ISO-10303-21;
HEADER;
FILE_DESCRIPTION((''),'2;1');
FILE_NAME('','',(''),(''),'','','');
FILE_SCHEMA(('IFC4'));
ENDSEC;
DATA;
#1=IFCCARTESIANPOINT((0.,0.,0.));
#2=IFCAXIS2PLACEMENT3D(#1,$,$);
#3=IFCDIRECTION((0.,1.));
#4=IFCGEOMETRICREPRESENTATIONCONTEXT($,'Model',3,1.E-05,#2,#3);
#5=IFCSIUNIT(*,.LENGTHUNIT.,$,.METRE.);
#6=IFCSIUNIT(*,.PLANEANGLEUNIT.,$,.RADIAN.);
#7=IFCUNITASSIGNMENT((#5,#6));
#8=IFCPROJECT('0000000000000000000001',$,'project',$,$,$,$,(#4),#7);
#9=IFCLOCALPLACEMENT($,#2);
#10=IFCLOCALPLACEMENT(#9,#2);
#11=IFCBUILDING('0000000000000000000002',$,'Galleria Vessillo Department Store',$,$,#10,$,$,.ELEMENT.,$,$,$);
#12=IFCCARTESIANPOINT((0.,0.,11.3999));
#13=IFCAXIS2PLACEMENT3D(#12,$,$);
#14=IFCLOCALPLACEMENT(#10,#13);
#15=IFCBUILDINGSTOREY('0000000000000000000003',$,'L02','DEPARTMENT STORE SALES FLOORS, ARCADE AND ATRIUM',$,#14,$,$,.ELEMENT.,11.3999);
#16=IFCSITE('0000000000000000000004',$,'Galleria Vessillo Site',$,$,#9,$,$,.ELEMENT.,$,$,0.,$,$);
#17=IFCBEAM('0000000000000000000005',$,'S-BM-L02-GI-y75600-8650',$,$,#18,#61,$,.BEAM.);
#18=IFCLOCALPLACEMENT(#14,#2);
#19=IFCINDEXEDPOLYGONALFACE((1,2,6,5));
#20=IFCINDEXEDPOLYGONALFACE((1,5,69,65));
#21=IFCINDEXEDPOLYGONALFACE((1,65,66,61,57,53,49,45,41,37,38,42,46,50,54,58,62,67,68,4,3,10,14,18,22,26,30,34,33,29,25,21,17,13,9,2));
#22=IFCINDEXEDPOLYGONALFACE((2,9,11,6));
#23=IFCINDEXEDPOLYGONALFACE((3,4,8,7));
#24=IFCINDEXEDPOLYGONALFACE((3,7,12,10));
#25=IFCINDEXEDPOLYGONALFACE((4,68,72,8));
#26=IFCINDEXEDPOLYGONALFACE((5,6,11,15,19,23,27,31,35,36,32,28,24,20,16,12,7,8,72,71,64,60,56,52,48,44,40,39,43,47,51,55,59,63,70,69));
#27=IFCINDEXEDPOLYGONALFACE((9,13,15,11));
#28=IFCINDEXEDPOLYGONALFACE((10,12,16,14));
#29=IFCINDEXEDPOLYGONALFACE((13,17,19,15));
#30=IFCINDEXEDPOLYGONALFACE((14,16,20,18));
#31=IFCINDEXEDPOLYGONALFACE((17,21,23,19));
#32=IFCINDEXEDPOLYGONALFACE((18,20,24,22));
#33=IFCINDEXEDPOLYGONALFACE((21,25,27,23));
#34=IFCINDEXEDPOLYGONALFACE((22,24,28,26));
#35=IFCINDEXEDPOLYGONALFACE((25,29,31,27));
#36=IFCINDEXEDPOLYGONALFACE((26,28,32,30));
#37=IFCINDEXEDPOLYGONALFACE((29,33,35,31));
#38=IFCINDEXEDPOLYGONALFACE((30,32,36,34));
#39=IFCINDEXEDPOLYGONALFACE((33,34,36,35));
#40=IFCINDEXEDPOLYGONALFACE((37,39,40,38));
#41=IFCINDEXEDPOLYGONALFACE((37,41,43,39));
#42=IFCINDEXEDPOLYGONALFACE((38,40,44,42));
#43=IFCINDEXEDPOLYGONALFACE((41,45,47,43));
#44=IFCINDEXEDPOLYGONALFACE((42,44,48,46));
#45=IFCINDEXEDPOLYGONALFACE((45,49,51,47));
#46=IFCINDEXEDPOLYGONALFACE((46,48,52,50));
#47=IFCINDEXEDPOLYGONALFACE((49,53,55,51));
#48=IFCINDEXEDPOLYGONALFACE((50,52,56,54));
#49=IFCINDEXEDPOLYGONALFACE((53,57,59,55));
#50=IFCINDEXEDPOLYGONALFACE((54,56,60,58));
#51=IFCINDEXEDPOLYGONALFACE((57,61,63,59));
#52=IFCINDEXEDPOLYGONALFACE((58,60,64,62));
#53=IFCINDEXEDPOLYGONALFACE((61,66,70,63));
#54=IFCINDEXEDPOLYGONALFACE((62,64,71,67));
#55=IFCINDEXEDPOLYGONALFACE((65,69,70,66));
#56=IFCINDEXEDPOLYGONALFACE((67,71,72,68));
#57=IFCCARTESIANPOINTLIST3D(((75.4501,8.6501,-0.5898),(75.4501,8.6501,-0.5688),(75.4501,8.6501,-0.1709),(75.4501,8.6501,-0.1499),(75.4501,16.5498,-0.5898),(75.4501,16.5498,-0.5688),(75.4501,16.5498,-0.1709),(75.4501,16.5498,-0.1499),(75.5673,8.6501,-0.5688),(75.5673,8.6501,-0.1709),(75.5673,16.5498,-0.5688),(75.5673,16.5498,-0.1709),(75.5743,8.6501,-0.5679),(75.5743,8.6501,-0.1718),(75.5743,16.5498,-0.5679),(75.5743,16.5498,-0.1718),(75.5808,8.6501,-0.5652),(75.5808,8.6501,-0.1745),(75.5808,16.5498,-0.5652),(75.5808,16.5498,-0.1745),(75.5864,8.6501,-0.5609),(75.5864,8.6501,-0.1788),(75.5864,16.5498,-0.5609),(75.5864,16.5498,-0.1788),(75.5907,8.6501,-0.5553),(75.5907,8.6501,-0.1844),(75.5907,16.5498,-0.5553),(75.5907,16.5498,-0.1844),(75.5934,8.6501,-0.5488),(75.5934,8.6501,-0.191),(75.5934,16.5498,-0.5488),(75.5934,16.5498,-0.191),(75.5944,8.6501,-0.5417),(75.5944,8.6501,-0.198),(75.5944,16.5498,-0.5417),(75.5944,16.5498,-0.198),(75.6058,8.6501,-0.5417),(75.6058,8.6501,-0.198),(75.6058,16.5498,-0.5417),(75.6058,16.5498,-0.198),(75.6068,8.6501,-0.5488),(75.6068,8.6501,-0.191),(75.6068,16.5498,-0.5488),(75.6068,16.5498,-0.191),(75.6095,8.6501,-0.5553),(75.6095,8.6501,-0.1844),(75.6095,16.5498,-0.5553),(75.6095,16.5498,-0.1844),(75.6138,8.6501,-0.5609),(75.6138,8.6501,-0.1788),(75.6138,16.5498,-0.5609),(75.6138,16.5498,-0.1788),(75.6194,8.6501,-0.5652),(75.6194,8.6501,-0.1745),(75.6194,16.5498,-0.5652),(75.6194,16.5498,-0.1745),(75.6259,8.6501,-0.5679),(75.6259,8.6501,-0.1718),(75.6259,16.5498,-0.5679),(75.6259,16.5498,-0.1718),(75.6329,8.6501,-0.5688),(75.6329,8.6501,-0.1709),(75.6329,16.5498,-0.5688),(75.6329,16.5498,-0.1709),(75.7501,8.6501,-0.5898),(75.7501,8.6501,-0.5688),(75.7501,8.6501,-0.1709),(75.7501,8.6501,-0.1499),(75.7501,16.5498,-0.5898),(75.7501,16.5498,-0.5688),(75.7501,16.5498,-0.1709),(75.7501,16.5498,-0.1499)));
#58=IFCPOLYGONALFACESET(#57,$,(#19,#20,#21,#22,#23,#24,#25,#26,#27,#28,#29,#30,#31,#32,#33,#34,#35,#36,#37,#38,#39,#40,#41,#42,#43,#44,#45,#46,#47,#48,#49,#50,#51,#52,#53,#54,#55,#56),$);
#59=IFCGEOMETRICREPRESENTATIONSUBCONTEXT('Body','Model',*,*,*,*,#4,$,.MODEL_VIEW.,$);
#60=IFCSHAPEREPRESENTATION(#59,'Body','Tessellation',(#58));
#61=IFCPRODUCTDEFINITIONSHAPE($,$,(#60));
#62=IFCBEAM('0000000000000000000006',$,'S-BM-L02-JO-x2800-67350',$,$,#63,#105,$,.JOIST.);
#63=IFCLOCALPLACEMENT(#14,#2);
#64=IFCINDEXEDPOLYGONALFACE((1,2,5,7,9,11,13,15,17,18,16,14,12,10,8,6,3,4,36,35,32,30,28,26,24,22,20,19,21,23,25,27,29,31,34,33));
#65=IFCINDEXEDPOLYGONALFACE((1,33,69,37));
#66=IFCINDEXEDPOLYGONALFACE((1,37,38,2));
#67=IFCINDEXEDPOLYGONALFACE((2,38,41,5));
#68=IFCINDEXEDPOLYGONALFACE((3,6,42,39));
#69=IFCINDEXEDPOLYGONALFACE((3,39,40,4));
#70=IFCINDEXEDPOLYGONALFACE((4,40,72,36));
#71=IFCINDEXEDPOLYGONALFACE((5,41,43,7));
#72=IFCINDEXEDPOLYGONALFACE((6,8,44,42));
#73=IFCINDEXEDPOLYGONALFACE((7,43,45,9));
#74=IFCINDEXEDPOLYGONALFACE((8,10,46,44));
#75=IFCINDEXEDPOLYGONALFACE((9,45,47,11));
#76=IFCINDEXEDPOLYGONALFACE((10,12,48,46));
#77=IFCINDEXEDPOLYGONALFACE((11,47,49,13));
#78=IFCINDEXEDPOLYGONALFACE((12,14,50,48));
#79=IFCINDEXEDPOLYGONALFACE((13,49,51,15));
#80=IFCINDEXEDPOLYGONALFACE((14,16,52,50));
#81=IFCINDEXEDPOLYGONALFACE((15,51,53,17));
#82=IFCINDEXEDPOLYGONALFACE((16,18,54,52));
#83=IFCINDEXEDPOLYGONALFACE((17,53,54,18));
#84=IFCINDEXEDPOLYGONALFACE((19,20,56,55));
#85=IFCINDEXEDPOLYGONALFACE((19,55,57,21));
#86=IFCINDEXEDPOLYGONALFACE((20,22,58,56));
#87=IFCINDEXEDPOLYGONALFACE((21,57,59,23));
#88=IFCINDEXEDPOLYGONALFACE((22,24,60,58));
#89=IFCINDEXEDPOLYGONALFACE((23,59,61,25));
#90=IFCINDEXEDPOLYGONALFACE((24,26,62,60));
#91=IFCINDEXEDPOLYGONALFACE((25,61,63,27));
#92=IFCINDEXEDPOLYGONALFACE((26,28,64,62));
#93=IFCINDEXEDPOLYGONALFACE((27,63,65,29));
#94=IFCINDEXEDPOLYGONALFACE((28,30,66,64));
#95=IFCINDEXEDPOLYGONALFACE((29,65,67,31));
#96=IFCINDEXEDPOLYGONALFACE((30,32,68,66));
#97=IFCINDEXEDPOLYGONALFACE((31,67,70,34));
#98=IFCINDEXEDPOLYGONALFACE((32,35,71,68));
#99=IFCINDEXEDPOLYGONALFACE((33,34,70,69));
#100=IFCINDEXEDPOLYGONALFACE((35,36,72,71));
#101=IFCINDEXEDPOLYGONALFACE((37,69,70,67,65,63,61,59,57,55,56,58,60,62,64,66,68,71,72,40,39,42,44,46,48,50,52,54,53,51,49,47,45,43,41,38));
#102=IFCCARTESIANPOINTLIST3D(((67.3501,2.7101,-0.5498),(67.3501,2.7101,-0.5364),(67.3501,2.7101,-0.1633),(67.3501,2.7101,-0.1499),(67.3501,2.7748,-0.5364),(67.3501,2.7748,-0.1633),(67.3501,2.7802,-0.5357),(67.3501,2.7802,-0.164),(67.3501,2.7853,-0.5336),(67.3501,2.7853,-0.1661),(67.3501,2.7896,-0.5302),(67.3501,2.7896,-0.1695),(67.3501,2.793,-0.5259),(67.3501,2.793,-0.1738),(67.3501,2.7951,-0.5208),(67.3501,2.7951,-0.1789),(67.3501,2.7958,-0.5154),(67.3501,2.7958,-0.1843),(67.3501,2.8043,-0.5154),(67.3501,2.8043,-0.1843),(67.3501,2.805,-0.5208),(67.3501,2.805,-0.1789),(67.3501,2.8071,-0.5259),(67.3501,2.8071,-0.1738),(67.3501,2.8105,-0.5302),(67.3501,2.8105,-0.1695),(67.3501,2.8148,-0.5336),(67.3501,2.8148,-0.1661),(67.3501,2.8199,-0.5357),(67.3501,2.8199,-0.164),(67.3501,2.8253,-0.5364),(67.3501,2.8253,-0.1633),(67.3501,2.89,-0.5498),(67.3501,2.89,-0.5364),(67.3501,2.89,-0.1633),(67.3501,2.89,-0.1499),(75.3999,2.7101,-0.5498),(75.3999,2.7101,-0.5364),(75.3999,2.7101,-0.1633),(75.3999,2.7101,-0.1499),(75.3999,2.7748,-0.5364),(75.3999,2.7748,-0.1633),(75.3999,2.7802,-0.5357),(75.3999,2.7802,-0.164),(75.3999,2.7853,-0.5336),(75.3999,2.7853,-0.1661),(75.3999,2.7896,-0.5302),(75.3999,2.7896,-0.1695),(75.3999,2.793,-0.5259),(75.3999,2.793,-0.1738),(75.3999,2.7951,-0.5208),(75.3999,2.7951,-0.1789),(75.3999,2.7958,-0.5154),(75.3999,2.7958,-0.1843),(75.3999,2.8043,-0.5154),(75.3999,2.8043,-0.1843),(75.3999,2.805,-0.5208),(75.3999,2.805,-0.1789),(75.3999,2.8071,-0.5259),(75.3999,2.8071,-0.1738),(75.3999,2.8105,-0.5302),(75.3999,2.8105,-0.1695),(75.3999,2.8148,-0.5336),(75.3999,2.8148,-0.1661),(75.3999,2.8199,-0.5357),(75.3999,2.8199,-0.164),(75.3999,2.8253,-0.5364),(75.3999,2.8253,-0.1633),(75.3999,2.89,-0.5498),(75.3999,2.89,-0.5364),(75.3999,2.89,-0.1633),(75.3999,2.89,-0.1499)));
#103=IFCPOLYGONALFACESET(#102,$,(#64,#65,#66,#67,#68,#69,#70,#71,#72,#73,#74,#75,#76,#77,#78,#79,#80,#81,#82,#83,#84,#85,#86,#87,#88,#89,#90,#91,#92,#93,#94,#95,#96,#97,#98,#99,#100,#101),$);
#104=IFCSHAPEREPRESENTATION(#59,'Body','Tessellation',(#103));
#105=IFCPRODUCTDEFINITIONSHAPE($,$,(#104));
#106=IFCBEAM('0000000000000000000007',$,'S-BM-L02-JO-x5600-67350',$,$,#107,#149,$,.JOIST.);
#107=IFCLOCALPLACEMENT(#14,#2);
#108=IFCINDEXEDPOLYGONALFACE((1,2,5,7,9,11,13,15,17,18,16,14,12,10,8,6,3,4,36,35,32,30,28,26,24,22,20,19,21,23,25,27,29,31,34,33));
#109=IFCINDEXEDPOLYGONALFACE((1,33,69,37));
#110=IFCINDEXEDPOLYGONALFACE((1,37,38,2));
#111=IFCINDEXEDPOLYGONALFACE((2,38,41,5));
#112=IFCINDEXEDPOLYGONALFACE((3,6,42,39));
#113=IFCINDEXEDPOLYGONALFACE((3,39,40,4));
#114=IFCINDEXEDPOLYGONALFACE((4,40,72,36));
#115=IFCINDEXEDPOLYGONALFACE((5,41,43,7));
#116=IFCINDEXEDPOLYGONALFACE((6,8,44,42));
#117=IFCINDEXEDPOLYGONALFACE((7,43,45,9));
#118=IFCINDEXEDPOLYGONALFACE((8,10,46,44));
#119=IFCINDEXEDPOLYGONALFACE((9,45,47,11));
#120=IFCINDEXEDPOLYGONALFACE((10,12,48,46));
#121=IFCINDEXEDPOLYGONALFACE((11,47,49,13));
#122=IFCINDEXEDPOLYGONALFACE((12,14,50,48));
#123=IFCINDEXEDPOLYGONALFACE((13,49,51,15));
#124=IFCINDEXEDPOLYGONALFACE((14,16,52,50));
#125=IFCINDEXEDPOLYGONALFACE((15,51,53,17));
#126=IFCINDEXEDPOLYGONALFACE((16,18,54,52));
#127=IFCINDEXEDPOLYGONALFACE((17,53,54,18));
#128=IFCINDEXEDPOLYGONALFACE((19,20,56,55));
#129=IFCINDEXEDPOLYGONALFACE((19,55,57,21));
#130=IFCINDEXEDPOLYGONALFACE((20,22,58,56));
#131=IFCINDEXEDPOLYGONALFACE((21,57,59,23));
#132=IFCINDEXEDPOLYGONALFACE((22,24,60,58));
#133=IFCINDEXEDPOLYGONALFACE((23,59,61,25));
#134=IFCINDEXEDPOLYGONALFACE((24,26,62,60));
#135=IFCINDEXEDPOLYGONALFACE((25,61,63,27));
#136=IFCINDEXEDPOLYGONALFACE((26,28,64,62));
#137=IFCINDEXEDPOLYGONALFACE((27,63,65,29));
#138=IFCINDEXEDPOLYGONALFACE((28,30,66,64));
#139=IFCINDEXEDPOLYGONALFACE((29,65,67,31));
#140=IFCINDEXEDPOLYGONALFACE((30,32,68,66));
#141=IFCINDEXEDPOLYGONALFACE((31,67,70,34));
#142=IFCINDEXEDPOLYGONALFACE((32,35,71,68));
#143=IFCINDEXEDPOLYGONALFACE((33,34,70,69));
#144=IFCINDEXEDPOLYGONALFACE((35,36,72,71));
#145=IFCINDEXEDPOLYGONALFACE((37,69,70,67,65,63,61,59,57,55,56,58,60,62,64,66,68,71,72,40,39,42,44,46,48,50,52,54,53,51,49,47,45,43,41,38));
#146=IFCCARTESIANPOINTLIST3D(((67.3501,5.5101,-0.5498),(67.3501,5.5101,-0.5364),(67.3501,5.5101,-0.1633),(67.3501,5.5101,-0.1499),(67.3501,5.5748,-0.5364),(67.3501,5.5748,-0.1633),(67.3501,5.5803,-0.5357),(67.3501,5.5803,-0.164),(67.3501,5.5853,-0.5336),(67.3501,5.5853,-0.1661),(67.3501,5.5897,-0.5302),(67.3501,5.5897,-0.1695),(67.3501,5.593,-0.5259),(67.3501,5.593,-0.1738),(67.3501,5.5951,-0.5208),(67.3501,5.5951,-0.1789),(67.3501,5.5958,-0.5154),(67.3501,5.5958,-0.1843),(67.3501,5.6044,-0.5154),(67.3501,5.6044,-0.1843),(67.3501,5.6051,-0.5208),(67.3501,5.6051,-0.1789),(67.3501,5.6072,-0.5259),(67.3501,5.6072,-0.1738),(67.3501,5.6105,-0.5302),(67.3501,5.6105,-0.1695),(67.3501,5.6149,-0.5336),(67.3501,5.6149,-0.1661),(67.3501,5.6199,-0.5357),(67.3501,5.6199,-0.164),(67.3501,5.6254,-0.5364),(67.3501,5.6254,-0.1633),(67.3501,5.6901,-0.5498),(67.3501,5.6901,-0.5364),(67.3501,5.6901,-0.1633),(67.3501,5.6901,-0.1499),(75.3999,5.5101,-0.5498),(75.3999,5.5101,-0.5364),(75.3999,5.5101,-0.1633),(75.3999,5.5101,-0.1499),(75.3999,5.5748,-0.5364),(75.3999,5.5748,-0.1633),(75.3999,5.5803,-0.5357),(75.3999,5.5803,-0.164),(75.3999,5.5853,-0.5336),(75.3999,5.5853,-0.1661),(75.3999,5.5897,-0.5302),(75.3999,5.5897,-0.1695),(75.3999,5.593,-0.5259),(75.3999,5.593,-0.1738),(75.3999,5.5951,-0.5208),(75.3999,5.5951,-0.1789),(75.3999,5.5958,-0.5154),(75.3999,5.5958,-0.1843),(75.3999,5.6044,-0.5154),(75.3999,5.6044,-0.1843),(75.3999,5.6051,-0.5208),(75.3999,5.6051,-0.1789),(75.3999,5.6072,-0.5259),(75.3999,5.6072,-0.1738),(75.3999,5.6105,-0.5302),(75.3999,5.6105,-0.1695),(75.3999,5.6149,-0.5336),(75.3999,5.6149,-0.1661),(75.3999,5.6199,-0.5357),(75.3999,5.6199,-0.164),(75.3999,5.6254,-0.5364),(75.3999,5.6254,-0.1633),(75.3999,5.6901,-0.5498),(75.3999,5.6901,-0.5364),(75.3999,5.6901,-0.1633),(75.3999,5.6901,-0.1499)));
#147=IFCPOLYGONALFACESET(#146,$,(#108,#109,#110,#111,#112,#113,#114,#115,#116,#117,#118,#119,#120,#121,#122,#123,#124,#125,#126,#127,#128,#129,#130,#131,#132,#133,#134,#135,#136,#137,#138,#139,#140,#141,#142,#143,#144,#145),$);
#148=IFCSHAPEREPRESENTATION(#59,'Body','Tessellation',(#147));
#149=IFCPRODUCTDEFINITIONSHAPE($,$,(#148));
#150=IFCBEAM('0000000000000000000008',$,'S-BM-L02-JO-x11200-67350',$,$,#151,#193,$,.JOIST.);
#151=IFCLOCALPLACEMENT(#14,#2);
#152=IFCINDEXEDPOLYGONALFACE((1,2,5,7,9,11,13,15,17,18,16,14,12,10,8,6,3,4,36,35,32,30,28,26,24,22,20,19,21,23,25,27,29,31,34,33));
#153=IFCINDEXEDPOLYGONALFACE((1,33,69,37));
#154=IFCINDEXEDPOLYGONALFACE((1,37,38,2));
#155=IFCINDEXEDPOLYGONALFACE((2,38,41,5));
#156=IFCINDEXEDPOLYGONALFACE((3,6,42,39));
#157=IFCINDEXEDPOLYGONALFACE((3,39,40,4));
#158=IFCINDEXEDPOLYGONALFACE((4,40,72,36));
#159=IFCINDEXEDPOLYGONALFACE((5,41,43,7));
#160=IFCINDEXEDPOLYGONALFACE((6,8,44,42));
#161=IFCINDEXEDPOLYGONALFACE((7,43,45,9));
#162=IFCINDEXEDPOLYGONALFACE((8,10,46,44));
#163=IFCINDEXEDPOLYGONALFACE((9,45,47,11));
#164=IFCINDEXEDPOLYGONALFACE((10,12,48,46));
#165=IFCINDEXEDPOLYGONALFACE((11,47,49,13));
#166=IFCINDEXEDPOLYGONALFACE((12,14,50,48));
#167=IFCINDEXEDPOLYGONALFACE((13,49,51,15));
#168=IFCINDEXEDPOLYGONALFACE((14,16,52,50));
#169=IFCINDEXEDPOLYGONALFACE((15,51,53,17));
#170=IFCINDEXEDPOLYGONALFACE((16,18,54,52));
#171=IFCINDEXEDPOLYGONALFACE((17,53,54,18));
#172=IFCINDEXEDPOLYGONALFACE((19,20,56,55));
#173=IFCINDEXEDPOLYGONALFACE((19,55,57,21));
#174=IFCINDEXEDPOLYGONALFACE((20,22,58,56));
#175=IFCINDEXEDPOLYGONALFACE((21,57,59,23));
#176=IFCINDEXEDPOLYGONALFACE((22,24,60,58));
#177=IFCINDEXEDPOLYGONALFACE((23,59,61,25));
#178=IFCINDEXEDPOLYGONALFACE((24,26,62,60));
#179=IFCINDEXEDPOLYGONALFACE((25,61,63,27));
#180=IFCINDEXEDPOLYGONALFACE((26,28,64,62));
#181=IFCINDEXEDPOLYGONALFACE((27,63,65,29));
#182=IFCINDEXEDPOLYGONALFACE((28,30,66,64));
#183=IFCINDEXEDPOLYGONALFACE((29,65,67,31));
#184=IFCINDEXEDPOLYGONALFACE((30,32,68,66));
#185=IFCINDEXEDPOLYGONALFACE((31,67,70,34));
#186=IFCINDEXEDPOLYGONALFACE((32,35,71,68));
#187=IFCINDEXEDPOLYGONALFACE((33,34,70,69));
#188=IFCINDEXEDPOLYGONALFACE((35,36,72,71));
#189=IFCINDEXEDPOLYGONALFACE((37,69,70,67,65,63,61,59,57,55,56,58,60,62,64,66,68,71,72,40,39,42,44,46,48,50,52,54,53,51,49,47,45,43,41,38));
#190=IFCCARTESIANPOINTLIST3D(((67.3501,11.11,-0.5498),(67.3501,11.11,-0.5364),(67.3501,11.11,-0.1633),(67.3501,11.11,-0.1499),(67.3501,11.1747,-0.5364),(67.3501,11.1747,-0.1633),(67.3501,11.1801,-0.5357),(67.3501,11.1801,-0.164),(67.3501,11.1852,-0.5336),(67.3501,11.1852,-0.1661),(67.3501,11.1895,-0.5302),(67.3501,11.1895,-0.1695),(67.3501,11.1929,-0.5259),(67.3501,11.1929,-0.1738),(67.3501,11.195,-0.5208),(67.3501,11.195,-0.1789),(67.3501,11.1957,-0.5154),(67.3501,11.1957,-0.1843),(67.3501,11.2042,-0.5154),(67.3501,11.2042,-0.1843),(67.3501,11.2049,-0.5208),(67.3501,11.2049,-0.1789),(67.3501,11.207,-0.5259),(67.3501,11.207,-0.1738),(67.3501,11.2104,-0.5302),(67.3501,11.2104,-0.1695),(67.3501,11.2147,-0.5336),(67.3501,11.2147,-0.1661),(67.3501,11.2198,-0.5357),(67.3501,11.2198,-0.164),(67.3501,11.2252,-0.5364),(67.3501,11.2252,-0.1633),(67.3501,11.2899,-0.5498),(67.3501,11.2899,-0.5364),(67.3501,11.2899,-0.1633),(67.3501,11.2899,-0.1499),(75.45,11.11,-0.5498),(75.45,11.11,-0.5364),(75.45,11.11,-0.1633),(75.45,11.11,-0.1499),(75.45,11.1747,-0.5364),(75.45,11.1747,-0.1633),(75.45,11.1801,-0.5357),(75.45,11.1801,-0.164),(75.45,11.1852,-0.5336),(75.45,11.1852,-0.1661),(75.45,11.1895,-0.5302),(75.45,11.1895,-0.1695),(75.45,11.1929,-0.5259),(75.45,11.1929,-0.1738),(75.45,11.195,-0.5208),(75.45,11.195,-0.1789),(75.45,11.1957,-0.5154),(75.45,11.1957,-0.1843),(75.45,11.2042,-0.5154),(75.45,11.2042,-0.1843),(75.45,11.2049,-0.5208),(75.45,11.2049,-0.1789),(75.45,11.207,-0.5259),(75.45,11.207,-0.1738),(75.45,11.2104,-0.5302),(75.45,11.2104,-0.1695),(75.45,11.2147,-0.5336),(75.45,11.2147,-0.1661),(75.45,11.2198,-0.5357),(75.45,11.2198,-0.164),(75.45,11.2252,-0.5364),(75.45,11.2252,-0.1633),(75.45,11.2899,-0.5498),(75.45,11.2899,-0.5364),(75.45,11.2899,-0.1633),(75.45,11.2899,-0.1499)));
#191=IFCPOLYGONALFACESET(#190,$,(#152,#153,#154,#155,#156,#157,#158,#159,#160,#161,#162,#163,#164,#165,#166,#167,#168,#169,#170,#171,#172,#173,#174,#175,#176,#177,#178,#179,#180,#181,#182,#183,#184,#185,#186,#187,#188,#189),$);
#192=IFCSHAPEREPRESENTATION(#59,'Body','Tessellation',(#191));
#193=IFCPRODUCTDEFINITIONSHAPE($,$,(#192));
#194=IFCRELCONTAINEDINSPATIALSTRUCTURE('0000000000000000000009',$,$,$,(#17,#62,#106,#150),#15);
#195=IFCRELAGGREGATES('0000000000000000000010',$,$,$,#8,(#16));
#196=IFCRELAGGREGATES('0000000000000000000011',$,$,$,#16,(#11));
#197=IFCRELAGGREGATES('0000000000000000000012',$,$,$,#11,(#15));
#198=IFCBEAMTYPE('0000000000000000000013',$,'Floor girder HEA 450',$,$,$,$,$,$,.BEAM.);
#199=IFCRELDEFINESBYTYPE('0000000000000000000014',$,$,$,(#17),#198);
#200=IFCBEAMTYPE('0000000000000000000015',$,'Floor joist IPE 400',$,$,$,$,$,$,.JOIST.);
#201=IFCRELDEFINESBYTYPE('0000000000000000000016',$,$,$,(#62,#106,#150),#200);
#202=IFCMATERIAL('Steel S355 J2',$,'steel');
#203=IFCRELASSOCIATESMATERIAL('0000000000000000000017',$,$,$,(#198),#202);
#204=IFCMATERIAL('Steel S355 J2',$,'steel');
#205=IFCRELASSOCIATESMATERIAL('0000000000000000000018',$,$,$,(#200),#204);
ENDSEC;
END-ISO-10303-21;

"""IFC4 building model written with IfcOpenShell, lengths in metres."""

from ifc_helpers import new_model, si_unit, direction, frame, origin, origin_2d, place, context, subcontext, project, spatial, i_section, extrude, material, material_profile, profile_set, type_object, element, save


model = new_model("IFC4")

# Units and contexts
model_context = context("Model", 3, precision=1e-05, world=origin(), true_north=direction((0.0, 1.0)))
body_context = subcontext(model_context, "Body", "Model", "MODEL_VIEW")
ifc_project = project(units=[si_unit("LENGTHUNIT", "METRE"), si_unit("PLANEANGLEUNIT", "RADIAN")], contexts=[model_context])

# Site, building, storey
site_placement = place(None, origin())
site = spatial("IfcSite", under=ifc_project, at=site_placement, Name="Galleria Vessillo Site", CompositionType="ELEMENT", RefElevation=0.0)
building_placement = place(site_placement, origin())
building = spatial("IfcBuilding", under=site, at=building_placement, Name="Galleria Vessillo Department Store", CompositionType="ELEMENT")
storey_placement = place(building_placement, frame((0.0, 0.0, 11.3999)))
storey = spatial("IfcBuildingStorey", under=building, at=storey_placement, Name="L02", Description="DEPARTMENT STORE SALES FLOORS, ARCADE AND ATRIUM", CompositionType="ELEMENT", Elevation=11.3999)

# Beams
ifc_material_1 = material(Name="Steel S355 J2", Category="steel")
ifc_material_profile_1 = material_profile(ifc_material_1, i_section(OverallWidth=0.3, OverallDepth=0.4399, WebThickness=0.0115, FlangeThickness=0.021, FilletRadius=0.0271, at=origin_2d()), Name="HEA 450")
ifc_profile_set_1 = profile_set([ifc_material_profile_1], Name="Steel S355 J2")
beam_type_1 = type_object("IfcBeamType", Name="Floor girder HEA 450", PredefinedType="BEAM", material=ifc_profile_set_1)
for number, where, z_axis, x_axis, name in (
    (1, (75.6001, 8.6501, -0.3699), (0.0, 1.0, 0.0), (-1.0, 0.0, 0.0), "S-BM-L02-GI-y75600-8650"),
):
    element("IfcBeam", number, at=place(storey_placement, frame(where, z_axis=z_axis, x_axis=x_axis)), inside=storey, type_object=beam_type_1, Name=name, PredefinedType="BEAM", context=body_context, shape_type="SweptSolid", body=[
        extrude(i_section(OverallWidth=0.3, OverallDepth=0.4399, WebThickness=0.0115, FlangeThickness=0.021, FilletRadius=0.0271, at=origin_2d()), origin(), (0.0, 0.0, 1.0), 7.8997),
    ])
ifc_material_2 = material(Name="Steel S355 J2", Category="steel")
ifc_material_profile_2 = material_profile(ifc_material_2, i_section(OverallWidth=0.1799, OverallDepth=0.3999, WebThickness=0.0085, FlangeThickness=0.0134, FilletRadius=0.021, at=origin_2d()), Name="IPE 400")
ifc_profile_set_2 = profile_set([ifc_material_profile_2], Name="Steel S355 J2")
beam_type_2 = type_object("IfcBeamType", Name="Floor joist IPE 400", PredefinedType="JOIST", material=ifc_profile_set_2)
for number, where, z_axis, x_axis, name in (
    (2, (67.3501, 2.8, -0.3499), (1.0, 0.0, 0.0), (0.0, 1.0, 0.0), "S-BM-L02-JO-x2800-67350"),
    (3, (67.3501, 5.6001, -0.3499), (1.0, 0.0, 0.0), (0.0, 1.0, 0.0), "S-BM-L02-JO-x5600-67350"),
):
    element("IfcBeam", number, at=place(storey_placement, frame(where, z_axis=z_axis, x_axis=x_axis)), inside=storey, type_object=beam_type_2, Name=name, PredefinedType="JOIST", context=body_context, shape_type="SweptSolid", body=[
        extrude(i_section(OverallWidth=0.1799, OverallDepth=0.3999, WebThickness=0.0085, FlangeThickness=0.0134, FilletRadius=0.021, at=origin_2d()), origin(), (0.0, 0.0, 1.0), 8.0498),
    ])
beam_1_placement = place(storey_placement, frame((67.3501, 11.2, -0.3499), z_axis=(1.0, 0.0, 0.0), x_axis=(0.0, 1.0, 0.0)))
element("IfcBeam", 4, at=beam_1_placement, inside=storey, type_object=beam_type_2, Name="S-BM-L02-JO-x11200-67350", PredefinedType="JOIST", context=body_context, shape_type="SweptSolid", body=[
    extrude(i_section(OverallWidth=0.1799, OverallDepth=0.3999, WebThickness=0.0085, FlangeThickness=0.0134, FilletRadius=0.021, at=origin_2d()), origin(), (0.0, 0.0, 1.0), 8.0999),
])

save(model, "model.ifc")
